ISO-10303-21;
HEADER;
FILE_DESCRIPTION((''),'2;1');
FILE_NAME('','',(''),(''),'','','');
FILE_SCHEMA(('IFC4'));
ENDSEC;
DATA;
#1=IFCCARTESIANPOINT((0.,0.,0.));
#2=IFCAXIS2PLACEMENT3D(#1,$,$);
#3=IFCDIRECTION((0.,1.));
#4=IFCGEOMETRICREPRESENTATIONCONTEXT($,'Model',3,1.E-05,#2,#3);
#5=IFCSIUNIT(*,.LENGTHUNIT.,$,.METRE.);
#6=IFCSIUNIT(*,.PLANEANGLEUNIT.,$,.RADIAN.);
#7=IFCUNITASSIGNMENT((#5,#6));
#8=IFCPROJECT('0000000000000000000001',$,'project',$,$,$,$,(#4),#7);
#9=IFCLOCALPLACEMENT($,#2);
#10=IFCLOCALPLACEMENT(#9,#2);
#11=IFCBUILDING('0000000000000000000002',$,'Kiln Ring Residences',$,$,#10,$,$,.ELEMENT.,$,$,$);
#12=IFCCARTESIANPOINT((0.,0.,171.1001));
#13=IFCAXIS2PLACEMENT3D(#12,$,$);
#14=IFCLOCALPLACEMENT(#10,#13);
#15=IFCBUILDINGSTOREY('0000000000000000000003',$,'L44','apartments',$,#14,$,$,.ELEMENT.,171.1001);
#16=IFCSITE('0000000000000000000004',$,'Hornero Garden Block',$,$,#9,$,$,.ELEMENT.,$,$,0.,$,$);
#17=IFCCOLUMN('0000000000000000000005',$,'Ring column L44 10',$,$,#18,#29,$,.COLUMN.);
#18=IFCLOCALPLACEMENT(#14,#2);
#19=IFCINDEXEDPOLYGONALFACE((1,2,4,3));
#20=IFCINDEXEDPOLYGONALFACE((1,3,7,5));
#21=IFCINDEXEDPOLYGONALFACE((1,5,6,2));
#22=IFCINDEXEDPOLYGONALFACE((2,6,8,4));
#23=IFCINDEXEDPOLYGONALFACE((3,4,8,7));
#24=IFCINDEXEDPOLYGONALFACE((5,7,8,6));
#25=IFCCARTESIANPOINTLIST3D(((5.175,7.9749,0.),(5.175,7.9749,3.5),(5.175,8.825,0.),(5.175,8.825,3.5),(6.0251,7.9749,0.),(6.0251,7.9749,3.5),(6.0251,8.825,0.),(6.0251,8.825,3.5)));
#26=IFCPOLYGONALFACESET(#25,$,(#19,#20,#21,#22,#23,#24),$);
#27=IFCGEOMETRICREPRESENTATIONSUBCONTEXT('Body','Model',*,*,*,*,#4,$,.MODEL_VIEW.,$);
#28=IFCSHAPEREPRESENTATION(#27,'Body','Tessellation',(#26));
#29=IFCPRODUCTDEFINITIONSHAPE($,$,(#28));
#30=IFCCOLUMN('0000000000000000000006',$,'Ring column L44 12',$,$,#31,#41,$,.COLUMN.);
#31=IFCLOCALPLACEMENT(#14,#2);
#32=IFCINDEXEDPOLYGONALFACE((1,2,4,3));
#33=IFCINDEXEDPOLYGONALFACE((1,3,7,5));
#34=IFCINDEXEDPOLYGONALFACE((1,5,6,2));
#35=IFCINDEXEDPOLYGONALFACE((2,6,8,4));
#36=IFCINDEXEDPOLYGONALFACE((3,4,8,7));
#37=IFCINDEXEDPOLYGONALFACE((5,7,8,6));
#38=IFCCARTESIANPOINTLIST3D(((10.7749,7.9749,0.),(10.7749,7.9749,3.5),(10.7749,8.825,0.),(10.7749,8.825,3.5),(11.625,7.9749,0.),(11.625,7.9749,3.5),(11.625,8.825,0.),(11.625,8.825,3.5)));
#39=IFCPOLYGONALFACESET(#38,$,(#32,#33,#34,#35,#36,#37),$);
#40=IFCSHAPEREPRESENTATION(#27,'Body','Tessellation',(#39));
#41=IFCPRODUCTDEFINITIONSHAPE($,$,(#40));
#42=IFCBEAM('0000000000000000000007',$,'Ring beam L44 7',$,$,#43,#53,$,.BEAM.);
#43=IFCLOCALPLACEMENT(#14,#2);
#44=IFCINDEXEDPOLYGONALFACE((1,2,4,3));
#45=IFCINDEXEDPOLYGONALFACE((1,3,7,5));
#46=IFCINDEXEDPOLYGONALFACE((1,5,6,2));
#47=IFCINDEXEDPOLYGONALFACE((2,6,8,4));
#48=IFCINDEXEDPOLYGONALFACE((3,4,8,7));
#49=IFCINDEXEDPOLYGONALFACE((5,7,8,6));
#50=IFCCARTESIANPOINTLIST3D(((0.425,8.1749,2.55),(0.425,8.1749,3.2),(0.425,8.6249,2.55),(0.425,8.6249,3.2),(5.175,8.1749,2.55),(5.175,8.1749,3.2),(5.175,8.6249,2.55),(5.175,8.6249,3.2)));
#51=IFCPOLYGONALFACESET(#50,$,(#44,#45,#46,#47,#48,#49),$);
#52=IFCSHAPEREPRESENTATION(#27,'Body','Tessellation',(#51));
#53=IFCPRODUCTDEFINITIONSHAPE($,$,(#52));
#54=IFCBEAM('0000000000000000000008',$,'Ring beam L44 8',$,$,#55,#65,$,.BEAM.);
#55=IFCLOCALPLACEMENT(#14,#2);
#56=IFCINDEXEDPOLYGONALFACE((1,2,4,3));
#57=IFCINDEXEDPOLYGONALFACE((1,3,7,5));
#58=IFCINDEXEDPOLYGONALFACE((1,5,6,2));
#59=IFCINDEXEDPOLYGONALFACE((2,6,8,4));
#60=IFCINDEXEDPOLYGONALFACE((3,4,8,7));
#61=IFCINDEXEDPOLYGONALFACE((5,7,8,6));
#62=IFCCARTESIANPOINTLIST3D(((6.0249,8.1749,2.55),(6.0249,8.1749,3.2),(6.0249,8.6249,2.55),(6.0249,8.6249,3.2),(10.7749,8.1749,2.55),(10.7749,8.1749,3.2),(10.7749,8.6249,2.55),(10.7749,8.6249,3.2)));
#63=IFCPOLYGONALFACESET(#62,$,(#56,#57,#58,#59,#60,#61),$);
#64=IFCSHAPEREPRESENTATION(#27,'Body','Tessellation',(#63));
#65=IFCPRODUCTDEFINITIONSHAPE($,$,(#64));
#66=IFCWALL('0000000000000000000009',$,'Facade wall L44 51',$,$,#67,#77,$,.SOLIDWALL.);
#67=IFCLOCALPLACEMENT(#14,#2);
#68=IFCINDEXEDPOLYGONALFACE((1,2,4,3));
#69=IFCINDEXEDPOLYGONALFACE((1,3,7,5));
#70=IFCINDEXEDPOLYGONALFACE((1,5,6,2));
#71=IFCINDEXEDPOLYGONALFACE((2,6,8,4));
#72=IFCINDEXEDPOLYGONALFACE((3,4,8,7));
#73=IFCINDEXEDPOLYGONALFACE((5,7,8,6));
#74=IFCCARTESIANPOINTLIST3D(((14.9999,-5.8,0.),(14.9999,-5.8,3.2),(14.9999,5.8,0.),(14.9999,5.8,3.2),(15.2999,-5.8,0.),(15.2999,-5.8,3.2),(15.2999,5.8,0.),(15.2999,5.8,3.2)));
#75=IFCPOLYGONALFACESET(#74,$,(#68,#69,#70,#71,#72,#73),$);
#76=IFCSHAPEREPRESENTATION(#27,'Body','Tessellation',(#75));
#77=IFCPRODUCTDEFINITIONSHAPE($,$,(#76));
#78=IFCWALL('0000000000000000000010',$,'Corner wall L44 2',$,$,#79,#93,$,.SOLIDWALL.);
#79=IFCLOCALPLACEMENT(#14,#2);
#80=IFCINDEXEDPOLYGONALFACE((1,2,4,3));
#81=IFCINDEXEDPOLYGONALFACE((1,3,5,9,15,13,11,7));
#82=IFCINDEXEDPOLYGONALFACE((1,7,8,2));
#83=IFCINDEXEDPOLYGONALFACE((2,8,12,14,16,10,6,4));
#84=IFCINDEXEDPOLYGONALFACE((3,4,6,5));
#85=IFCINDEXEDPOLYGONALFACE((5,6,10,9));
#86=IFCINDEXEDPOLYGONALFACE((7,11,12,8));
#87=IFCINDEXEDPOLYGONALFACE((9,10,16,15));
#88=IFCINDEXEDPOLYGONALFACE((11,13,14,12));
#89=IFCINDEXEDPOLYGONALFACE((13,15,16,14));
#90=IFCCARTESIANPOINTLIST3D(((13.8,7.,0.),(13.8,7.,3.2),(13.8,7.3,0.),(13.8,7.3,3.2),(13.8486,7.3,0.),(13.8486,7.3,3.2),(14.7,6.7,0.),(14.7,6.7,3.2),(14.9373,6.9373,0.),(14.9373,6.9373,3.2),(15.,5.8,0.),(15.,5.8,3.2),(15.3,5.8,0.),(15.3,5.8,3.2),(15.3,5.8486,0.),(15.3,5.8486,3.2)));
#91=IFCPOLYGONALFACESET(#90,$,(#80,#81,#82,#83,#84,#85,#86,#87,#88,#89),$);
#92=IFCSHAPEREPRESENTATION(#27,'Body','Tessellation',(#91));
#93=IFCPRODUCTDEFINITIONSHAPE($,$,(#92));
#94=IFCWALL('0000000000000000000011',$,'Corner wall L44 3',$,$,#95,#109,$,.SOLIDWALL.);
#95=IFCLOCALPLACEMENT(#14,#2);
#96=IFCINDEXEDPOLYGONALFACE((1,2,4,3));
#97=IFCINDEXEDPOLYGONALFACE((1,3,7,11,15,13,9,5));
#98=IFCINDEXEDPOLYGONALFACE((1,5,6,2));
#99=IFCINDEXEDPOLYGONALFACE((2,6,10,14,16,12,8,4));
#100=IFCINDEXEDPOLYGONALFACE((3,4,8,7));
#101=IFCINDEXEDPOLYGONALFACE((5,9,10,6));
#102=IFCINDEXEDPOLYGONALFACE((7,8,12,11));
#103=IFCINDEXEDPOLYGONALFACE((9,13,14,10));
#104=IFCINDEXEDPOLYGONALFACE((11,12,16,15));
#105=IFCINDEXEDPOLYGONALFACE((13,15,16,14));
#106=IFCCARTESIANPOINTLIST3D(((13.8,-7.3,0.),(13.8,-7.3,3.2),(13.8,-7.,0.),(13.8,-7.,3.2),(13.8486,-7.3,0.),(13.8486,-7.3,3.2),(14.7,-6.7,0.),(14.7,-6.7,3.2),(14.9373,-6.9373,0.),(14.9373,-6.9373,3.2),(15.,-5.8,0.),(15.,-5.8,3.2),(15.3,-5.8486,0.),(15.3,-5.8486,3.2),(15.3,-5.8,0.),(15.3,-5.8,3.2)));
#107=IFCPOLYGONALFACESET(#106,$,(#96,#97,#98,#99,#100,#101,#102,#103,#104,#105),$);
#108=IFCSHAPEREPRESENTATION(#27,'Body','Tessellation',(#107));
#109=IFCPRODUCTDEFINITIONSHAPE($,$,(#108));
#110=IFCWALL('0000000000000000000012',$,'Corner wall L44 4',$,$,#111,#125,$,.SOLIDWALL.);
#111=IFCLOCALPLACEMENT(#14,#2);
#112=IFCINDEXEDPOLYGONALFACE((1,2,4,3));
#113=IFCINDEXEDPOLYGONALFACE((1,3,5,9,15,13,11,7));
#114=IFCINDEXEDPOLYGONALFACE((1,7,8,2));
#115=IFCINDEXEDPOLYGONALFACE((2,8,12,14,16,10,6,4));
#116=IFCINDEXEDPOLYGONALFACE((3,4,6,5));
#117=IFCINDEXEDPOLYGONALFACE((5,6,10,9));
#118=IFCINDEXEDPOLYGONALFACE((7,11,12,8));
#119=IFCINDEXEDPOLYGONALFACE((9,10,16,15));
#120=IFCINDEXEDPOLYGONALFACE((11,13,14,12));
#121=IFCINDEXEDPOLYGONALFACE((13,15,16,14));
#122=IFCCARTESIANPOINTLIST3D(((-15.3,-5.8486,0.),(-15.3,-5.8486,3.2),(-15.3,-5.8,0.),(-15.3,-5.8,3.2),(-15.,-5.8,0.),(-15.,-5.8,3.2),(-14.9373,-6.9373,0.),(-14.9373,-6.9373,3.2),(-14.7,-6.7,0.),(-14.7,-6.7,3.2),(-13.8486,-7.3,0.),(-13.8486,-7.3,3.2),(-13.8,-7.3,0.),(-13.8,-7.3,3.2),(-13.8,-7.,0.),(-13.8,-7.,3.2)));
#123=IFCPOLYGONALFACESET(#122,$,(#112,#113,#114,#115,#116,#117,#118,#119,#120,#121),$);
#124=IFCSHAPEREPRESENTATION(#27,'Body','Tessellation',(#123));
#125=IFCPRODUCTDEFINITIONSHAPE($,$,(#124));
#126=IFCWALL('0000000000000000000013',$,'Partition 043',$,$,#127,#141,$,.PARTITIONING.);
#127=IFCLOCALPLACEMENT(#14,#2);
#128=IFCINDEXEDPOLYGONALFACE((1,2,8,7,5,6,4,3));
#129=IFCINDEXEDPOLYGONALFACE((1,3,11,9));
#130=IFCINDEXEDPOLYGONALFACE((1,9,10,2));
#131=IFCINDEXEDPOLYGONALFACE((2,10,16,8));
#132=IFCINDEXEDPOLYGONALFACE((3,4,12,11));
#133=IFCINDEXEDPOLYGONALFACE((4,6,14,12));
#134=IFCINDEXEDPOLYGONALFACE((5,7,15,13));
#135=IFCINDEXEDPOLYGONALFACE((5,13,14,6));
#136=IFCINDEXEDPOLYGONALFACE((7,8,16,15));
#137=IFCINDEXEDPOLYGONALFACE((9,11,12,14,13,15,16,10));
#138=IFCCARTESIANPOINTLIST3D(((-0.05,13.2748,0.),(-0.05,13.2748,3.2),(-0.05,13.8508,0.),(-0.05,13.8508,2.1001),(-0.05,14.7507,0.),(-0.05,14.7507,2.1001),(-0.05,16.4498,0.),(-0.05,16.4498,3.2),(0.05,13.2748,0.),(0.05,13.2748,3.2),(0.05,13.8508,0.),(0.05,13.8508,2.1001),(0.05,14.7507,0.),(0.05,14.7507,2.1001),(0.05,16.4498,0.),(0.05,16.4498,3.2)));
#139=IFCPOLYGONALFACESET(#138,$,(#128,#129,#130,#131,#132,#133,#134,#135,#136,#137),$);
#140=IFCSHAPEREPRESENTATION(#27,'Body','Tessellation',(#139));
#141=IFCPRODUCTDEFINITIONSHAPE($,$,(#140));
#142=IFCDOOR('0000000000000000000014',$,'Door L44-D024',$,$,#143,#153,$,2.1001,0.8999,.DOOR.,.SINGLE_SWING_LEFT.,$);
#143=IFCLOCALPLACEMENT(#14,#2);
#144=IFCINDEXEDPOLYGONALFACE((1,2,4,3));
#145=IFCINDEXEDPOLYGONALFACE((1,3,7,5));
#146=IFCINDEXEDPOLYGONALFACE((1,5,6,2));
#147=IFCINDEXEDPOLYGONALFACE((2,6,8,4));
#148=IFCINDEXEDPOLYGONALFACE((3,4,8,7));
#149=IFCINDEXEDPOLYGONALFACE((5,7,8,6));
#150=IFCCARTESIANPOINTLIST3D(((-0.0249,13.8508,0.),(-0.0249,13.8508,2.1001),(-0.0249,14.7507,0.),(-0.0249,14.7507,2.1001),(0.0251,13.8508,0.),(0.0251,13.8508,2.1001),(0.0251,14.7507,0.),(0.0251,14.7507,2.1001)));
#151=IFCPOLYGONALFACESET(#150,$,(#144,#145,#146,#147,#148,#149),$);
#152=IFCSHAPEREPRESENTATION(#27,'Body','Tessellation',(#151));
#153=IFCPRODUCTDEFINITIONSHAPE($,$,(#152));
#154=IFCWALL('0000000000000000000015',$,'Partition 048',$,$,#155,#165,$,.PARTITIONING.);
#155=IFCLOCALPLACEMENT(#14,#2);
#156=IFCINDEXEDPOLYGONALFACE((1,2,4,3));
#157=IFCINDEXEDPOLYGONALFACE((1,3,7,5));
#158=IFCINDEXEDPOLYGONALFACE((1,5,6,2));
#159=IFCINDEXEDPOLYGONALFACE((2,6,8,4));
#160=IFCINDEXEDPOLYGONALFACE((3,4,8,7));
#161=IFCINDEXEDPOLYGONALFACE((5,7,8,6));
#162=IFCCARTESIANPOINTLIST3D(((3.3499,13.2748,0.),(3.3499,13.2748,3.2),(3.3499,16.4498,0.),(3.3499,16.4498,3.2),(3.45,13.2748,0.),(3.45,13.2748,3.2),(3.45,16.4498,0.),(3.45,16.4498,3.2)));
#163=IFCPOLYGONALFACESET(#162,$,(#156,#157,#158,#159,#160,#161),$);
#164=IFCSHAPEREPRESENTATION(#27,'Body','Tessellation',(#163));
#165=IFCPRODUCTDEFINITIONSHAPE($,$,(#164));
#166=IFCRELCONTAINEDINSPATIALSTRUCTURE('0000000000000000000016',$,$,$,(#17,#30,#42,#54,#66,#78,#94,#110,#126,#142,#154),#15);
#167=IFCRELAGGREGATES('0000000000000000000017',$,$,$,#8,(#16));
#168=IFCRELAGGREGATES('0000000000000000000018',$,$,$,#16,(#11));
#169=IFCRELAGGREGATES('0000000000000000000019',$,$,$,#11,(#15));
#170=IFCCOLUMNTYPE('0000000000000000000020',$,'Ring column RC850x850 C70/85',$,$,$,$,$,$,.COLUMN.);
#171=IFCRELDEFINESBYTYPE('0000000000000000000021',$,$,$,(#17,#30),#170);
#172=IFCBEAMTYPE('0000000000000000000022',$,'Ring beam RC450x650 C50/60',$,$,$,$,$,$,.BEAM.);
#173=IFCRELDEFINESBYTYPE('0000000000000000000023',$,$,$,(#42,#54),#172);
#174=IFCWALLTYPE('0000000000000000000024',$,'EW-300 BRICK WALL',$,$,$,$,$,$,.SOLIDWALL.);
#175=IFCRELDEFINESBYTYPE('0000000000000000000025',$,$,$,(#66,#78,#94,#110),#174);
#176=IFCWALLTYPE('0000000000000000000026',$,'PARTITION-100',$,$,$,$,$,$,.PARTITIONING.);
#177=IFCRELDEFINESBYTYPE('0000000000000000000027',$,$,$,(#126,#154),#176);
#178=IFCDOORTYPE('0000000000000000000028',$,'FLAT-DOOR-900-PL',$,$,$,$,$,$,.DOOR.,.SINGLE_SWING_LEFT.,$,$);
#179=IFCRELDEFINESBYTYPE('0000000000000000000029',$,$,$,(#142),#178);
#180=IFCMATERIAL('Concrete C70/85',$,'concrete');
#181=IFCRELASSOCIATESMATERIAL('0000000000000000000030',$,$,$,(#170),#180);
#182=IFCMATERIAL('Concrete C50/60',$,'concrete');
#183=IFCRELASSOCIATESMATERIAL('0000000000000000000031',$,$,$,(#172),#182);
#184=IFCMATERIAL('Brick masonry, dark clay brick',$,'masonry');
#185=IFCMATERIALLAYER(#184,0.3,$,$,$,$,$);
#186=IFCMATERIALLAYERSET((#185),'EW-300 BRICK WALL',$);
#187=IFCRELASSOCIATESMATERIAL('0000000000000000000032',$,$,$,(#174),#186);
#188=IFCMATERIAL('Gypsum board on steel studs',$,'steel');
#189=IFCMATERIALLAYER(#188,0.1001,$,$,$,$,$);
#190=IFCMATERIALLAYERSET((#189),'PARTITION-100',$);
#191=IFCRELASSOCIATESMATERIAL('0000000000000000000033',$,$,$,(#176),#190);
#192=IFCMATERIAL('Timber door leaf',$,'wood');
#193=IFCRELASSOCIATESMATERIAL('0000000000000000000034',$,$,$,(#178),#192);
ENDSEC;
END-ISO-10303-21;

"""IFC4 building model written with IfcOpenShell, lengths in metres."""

from ifc_helpers import new_model, si_unit, direction, frame, frame_2d, origin, origin_2d, place, context, subcontext, project, spatial, polyline, rectangle, outline, extrude, material, layer, layer_set, material_profile, profile_set, type_object, element, fill, save


model = new_model("IFC4")

# Units and contexts
model_context = context("Model", 3, precision=1e-05, world=origin(), true_north=direction((0.0, 1.0)))
body_context = subcontext(model_context, "Body", "Model", "MODEL_VIEW")
ifc_project = project(units=[si_unit("LENGTHUNIT", "METRE"), si_unit("PLANEANGLEUNIT", "RADIAN")], contexts=[model_context])

# Site, building, storey
site_placement = place(None, origin())
site = spatial("IfcSite", under=ifc_project, at=site_placement, Name="Hornero Garden Block", CompositionType="ELEMENT", RefElevation=0.0)
building_placement = place(site_placement, origin())
building = spatial("IfcBuilding", under=site, at=building_placement, Name="Kiln Ring Residences", CompositionType="ELEMENT")
storey_placement = place(building_placement, frame((0.0, 0.0, 171.1001)))
storey = spatial("IfcBuildingStorey", under=building, at=storey_placement, Name="L44", Description="apartments", CompositionType="ELEMENT", Elevation=171.1001)

# Columns
ifc_material_1 = material(Name="Concrete C70/85", Category="concrete")
ifc_material_profile_1 = material_profile(ifc_material_1, rectangle(XDim=0.8501, YDim=0.8501, at=origin_2d()), Name="RC850x850")
ifc_profile_set_1 = profile_set([ifc_material_profile_1], Name="Concrete C70/85")
column_type = type_object("IfcColumnType", Name="Ring column RC850x850 C70/85", PredefinedType="COLUMN", material=ifc_profile_set_1)
for number, where, z_axis, x_axis, name in (
    (1, (5.6001, 8.3999, 0.0), (0.0, 0.0, 1.0), (1.0, 0.0, 0.0), "Ring column L44 10"),
    (2, (11.2, 8.3999, 0.0), (0.0, 0.0, 1.0), (1.0, 0.0, 0.0), "Ring column L44 12"),
):
    element("IfcColumn", number, at=place(storey_placement, frame(where, z_axis=z_axis, x_axis=x_axis)), inside=storey, type_object=column_type, Name=name, PredefinedType="COLUMN", context=body_context, shape_type="SweptSolid", body=[
        extrude(rectangle(XDim=0.8501, YDim=0.8501, at=origin_2d()), origin(), (0.0, 0.0, 1.0), 3.5),
    ])

# Beams
ifc_material_2 = material(Name="Concrete C50/60", Category="concrete")
ifc_material_profile_2 = material_profile(ifc_material_2, rectangle(XDim=0.45, YDim=0.6499, at=origin_2d()), Name="RC450x650")
ifc_profile_set_2 = profile_set([ifc_material_profile_2], Name="Concrete C50/60")
beam_type = type_object("IfcBeamType", Name="Ring beam RC450x650 C50/60", PredefinedType="BEAM", material=ifc_profile_set_2)
for number, where, z_axis, x_axis, name in (
    (3, (0.425, 8.3999, 2.875), (1.0, 0.0, 0.0), (0.0, 1.0, 0.0), "Ring beam L44 7"),
    (4, (6.0249, 8.3999, 2.875), (1.0, 0.0, 0.0), (0.0, 1.0, 0.0), "Ring beam L44 8"),
):
    element("IfcBeam", number, at=place(storey_placement, frame(where, z_axis=z_axis, x_axis=x_axis)), inside=storey, type_object=beam_type, Name=name, PredefinedType="BEAM", context=body_context, shape_type="SweptSolid", body=[
        extrude(rectangle(XDim=0.45, YDim=0.6499, at=origin_2d()), origin(), (0.0, 0.0, 1.0), 4.75),
    ])

# Walls
ifc_material_3 = material(Name="Brick masonry, dark clay brick", Category="masonry")
ifc_layer_1 = layer(ifc_material_3, 0.3)
ifc_layer_set_1 = layer_set([ifc_layer_1], Name="EW-300 BRICK WALL")
wall_type_1 = type_object("IfcWallType", Name="EW-300 BRICK WALL", PredefinedType="SOLIDWALL", material=ifc_layer_set_1)
wall_1_placement = place(storey_placement, frame((15.1499, 5.8, 0.0), z_axis=(0.0, 0.0, 1.0), x_axis=(0.0, -1.0, 0.0)))
element("IfcWall", 5, at=wall_1_placement, inside=storey, type_object=wall_type_1, Name="Facade wall L44 51", PredefinedType="SOLIDWALL", context=body_context, shape_type="SweptSolid", body=[
    extrude(rectangle(XDim=11.6001, YDim=0.3, at=frame_2d((5.8, 0.0))), origin(), (0.0, 0.0, 1.0), 3.2),
])
placement = place(storey_placement, origin())
element("IfcWall", 6, at=placement, inside=storey, type_object=wall_type_1, Name="Corner wall L44 2", PredefinedType="SOLIDWALL", context=body_context, shape_type="SweptSolid", body=[
    extrude(outline(polyline([(14.9373, 6.9373), (13.8486, 7.3), (13.8, 7.3), (13.8, 7.0), (14.7, 6.7), (15.0, 5.8), (15.3, 5.8), (15.3, 5.8486), (14.9373, 6.9373)])), origin(), (0.0, 0.0, 1.0), 3.2),
])
element("IfcWall", 7, at=placement, inside=storey, type_object=wall_type_1, Name="Corner wall L44 3", PredefinedType="SOLIDWALL", context=body_context, shape_type="SweptSolid", body=[
    extrude(outline(polyline([(14.9373, -6.9373), (15.3, -5.8486), (15.3, -5.8), (15.0, -5.8), (14.7, -6.7), (13.8, -7.0), (13.8, -7.3), (13.8486, -7.3), (14.9373, -6.9373)])), origin(), (0.0, 0.0, 1.0), 3.2),
])
element("IfcWall", 8, at=placement, inside=storey, type_object=wall_type_1, Name="Corner wall L44 4", PredefinedType="SOLIDWALL", context=body_context, shape_type="SweptSolid", body=[
    extrude(outline(polyline([(-14.9373, -6.9373), (-13.8486, -7.3), (-13.8, -7.3), (-13.8, -7.0), (-14.7, -6.7), (-15.0, -5.8), (-15.3, -5.8), (-15.3, -5.8486), (-14.9373, -6.9373)])), origin(), (0.0, 0.0, 1.0), 3.2),
])

# Wall, opening, door
ifc_material_4 = material(Name="Gypsum board on steel studs", Category="steel")
ifc_layer_2 = layer(ifc_material_4, 0.1001)
ifc_layer_set_2 = layer_set([ifc_layer_2], Name="PARTITION-100")
wall_type_2 = type_object("IfcWallType", Name="PARTITION-100", PredefinedType="PARTITIONING", material=ifc_layer_set_2)
wall_2_placement = place(storey_placement, frame((0.0, 13.2749, 0.0), z_axis=(0.0, 0.0, 1.0), x_axis=(0.0, 1.0, 0.0)))
wall_2 = element("IfcWall", 9, at=wall_2_placement, inside=storey, type_object=wall_type_2, Name="Partition 043", PredefinedType="PARTITIONING", context=body_context, shape_type="SweptSolid", body=[
    extrude(rectangle(XDim=3.175, YDim=0.1001, at=frame_2d((1.5874, 0.0))), origin(), (0.0, 0.0, 1.0), 3.2),
])
opening_1_placement = place(wall_2_placement, frame((0.5759, 0.0, 0.0)))
opening_1 = element("IfcOpeningElement", 10, at=opening_1_placement, cuts=wall_2, PredefinedType="OPENING", context=body_context, shape_type="SweptSolid", body=[
    extrude(rectangle(XDim=0.8999, YDim=2.1001, at=frame_2d((0.45, 1.05))), frame((0.0, 0.0601, 0.0), z_axis=(0.0, -1.0, 0.0), x_axis=(1.0, 0.0, 0.0)), (0.0, 0.0, 1.0), 0.1201),
])
ifc_material_5 = material(Name="Timber door leaf", Category="wood")
door_type_1 = type_object("IfcDoorType", Name="FLAT-DOOR-900-PL", OperationType="SINGLE_SWING_LEFT", PredefinedType="DOOR", material=ifc_material_5)
door_1_placement = place(opening_1_placement, origin())
door_1 = element("IfcDoor", 11, at=door_1_placement, inside=storey, type_object=door_type_1, Name="Door L44-D024", OperationType="SINGLE_SWING_LEFT", OverallHeight=2.1001, OverallWidth=0.8999, PredefinedType="DOOR", context=body_context, shape_type="SweptSolid", body=[
    extrude(rectangle(XDim=0.8999, YDim=2.1001, at=frame_2d((0.45, 1.05))), frame((0.0, 0.0249, 0.0), z_axis=(0.0, -1.0, 0.0), x_axis=(1.0, 0.0, 0.0)), (0.0, 0.0, 1.0), 0.05),
])
fill(opening_1, door_1)

# Wall
wall_3_placement = place(storey_placement, frame((3.3999, 13.2749, 0.0), z_axis=(0.0, 0.0, 1.0), x_axis=(0.0, 1.0, 0.0)))
element("IfcWall", 12, at=wall_3_placement, inside=storey, type_object=wall_type_2, Name="Partition 048", PredefinedType="PARTITIONING", context=body_context, shape_type="SweptSolid", body=[
    extrude(rectangle(XDim=3.175, YDim=0.1001, at=frame_2d((1.5874, 0.0))), origin(), (0.0, 0.0, 1.0), 3.2),
])

save(model, "model.ifc")
